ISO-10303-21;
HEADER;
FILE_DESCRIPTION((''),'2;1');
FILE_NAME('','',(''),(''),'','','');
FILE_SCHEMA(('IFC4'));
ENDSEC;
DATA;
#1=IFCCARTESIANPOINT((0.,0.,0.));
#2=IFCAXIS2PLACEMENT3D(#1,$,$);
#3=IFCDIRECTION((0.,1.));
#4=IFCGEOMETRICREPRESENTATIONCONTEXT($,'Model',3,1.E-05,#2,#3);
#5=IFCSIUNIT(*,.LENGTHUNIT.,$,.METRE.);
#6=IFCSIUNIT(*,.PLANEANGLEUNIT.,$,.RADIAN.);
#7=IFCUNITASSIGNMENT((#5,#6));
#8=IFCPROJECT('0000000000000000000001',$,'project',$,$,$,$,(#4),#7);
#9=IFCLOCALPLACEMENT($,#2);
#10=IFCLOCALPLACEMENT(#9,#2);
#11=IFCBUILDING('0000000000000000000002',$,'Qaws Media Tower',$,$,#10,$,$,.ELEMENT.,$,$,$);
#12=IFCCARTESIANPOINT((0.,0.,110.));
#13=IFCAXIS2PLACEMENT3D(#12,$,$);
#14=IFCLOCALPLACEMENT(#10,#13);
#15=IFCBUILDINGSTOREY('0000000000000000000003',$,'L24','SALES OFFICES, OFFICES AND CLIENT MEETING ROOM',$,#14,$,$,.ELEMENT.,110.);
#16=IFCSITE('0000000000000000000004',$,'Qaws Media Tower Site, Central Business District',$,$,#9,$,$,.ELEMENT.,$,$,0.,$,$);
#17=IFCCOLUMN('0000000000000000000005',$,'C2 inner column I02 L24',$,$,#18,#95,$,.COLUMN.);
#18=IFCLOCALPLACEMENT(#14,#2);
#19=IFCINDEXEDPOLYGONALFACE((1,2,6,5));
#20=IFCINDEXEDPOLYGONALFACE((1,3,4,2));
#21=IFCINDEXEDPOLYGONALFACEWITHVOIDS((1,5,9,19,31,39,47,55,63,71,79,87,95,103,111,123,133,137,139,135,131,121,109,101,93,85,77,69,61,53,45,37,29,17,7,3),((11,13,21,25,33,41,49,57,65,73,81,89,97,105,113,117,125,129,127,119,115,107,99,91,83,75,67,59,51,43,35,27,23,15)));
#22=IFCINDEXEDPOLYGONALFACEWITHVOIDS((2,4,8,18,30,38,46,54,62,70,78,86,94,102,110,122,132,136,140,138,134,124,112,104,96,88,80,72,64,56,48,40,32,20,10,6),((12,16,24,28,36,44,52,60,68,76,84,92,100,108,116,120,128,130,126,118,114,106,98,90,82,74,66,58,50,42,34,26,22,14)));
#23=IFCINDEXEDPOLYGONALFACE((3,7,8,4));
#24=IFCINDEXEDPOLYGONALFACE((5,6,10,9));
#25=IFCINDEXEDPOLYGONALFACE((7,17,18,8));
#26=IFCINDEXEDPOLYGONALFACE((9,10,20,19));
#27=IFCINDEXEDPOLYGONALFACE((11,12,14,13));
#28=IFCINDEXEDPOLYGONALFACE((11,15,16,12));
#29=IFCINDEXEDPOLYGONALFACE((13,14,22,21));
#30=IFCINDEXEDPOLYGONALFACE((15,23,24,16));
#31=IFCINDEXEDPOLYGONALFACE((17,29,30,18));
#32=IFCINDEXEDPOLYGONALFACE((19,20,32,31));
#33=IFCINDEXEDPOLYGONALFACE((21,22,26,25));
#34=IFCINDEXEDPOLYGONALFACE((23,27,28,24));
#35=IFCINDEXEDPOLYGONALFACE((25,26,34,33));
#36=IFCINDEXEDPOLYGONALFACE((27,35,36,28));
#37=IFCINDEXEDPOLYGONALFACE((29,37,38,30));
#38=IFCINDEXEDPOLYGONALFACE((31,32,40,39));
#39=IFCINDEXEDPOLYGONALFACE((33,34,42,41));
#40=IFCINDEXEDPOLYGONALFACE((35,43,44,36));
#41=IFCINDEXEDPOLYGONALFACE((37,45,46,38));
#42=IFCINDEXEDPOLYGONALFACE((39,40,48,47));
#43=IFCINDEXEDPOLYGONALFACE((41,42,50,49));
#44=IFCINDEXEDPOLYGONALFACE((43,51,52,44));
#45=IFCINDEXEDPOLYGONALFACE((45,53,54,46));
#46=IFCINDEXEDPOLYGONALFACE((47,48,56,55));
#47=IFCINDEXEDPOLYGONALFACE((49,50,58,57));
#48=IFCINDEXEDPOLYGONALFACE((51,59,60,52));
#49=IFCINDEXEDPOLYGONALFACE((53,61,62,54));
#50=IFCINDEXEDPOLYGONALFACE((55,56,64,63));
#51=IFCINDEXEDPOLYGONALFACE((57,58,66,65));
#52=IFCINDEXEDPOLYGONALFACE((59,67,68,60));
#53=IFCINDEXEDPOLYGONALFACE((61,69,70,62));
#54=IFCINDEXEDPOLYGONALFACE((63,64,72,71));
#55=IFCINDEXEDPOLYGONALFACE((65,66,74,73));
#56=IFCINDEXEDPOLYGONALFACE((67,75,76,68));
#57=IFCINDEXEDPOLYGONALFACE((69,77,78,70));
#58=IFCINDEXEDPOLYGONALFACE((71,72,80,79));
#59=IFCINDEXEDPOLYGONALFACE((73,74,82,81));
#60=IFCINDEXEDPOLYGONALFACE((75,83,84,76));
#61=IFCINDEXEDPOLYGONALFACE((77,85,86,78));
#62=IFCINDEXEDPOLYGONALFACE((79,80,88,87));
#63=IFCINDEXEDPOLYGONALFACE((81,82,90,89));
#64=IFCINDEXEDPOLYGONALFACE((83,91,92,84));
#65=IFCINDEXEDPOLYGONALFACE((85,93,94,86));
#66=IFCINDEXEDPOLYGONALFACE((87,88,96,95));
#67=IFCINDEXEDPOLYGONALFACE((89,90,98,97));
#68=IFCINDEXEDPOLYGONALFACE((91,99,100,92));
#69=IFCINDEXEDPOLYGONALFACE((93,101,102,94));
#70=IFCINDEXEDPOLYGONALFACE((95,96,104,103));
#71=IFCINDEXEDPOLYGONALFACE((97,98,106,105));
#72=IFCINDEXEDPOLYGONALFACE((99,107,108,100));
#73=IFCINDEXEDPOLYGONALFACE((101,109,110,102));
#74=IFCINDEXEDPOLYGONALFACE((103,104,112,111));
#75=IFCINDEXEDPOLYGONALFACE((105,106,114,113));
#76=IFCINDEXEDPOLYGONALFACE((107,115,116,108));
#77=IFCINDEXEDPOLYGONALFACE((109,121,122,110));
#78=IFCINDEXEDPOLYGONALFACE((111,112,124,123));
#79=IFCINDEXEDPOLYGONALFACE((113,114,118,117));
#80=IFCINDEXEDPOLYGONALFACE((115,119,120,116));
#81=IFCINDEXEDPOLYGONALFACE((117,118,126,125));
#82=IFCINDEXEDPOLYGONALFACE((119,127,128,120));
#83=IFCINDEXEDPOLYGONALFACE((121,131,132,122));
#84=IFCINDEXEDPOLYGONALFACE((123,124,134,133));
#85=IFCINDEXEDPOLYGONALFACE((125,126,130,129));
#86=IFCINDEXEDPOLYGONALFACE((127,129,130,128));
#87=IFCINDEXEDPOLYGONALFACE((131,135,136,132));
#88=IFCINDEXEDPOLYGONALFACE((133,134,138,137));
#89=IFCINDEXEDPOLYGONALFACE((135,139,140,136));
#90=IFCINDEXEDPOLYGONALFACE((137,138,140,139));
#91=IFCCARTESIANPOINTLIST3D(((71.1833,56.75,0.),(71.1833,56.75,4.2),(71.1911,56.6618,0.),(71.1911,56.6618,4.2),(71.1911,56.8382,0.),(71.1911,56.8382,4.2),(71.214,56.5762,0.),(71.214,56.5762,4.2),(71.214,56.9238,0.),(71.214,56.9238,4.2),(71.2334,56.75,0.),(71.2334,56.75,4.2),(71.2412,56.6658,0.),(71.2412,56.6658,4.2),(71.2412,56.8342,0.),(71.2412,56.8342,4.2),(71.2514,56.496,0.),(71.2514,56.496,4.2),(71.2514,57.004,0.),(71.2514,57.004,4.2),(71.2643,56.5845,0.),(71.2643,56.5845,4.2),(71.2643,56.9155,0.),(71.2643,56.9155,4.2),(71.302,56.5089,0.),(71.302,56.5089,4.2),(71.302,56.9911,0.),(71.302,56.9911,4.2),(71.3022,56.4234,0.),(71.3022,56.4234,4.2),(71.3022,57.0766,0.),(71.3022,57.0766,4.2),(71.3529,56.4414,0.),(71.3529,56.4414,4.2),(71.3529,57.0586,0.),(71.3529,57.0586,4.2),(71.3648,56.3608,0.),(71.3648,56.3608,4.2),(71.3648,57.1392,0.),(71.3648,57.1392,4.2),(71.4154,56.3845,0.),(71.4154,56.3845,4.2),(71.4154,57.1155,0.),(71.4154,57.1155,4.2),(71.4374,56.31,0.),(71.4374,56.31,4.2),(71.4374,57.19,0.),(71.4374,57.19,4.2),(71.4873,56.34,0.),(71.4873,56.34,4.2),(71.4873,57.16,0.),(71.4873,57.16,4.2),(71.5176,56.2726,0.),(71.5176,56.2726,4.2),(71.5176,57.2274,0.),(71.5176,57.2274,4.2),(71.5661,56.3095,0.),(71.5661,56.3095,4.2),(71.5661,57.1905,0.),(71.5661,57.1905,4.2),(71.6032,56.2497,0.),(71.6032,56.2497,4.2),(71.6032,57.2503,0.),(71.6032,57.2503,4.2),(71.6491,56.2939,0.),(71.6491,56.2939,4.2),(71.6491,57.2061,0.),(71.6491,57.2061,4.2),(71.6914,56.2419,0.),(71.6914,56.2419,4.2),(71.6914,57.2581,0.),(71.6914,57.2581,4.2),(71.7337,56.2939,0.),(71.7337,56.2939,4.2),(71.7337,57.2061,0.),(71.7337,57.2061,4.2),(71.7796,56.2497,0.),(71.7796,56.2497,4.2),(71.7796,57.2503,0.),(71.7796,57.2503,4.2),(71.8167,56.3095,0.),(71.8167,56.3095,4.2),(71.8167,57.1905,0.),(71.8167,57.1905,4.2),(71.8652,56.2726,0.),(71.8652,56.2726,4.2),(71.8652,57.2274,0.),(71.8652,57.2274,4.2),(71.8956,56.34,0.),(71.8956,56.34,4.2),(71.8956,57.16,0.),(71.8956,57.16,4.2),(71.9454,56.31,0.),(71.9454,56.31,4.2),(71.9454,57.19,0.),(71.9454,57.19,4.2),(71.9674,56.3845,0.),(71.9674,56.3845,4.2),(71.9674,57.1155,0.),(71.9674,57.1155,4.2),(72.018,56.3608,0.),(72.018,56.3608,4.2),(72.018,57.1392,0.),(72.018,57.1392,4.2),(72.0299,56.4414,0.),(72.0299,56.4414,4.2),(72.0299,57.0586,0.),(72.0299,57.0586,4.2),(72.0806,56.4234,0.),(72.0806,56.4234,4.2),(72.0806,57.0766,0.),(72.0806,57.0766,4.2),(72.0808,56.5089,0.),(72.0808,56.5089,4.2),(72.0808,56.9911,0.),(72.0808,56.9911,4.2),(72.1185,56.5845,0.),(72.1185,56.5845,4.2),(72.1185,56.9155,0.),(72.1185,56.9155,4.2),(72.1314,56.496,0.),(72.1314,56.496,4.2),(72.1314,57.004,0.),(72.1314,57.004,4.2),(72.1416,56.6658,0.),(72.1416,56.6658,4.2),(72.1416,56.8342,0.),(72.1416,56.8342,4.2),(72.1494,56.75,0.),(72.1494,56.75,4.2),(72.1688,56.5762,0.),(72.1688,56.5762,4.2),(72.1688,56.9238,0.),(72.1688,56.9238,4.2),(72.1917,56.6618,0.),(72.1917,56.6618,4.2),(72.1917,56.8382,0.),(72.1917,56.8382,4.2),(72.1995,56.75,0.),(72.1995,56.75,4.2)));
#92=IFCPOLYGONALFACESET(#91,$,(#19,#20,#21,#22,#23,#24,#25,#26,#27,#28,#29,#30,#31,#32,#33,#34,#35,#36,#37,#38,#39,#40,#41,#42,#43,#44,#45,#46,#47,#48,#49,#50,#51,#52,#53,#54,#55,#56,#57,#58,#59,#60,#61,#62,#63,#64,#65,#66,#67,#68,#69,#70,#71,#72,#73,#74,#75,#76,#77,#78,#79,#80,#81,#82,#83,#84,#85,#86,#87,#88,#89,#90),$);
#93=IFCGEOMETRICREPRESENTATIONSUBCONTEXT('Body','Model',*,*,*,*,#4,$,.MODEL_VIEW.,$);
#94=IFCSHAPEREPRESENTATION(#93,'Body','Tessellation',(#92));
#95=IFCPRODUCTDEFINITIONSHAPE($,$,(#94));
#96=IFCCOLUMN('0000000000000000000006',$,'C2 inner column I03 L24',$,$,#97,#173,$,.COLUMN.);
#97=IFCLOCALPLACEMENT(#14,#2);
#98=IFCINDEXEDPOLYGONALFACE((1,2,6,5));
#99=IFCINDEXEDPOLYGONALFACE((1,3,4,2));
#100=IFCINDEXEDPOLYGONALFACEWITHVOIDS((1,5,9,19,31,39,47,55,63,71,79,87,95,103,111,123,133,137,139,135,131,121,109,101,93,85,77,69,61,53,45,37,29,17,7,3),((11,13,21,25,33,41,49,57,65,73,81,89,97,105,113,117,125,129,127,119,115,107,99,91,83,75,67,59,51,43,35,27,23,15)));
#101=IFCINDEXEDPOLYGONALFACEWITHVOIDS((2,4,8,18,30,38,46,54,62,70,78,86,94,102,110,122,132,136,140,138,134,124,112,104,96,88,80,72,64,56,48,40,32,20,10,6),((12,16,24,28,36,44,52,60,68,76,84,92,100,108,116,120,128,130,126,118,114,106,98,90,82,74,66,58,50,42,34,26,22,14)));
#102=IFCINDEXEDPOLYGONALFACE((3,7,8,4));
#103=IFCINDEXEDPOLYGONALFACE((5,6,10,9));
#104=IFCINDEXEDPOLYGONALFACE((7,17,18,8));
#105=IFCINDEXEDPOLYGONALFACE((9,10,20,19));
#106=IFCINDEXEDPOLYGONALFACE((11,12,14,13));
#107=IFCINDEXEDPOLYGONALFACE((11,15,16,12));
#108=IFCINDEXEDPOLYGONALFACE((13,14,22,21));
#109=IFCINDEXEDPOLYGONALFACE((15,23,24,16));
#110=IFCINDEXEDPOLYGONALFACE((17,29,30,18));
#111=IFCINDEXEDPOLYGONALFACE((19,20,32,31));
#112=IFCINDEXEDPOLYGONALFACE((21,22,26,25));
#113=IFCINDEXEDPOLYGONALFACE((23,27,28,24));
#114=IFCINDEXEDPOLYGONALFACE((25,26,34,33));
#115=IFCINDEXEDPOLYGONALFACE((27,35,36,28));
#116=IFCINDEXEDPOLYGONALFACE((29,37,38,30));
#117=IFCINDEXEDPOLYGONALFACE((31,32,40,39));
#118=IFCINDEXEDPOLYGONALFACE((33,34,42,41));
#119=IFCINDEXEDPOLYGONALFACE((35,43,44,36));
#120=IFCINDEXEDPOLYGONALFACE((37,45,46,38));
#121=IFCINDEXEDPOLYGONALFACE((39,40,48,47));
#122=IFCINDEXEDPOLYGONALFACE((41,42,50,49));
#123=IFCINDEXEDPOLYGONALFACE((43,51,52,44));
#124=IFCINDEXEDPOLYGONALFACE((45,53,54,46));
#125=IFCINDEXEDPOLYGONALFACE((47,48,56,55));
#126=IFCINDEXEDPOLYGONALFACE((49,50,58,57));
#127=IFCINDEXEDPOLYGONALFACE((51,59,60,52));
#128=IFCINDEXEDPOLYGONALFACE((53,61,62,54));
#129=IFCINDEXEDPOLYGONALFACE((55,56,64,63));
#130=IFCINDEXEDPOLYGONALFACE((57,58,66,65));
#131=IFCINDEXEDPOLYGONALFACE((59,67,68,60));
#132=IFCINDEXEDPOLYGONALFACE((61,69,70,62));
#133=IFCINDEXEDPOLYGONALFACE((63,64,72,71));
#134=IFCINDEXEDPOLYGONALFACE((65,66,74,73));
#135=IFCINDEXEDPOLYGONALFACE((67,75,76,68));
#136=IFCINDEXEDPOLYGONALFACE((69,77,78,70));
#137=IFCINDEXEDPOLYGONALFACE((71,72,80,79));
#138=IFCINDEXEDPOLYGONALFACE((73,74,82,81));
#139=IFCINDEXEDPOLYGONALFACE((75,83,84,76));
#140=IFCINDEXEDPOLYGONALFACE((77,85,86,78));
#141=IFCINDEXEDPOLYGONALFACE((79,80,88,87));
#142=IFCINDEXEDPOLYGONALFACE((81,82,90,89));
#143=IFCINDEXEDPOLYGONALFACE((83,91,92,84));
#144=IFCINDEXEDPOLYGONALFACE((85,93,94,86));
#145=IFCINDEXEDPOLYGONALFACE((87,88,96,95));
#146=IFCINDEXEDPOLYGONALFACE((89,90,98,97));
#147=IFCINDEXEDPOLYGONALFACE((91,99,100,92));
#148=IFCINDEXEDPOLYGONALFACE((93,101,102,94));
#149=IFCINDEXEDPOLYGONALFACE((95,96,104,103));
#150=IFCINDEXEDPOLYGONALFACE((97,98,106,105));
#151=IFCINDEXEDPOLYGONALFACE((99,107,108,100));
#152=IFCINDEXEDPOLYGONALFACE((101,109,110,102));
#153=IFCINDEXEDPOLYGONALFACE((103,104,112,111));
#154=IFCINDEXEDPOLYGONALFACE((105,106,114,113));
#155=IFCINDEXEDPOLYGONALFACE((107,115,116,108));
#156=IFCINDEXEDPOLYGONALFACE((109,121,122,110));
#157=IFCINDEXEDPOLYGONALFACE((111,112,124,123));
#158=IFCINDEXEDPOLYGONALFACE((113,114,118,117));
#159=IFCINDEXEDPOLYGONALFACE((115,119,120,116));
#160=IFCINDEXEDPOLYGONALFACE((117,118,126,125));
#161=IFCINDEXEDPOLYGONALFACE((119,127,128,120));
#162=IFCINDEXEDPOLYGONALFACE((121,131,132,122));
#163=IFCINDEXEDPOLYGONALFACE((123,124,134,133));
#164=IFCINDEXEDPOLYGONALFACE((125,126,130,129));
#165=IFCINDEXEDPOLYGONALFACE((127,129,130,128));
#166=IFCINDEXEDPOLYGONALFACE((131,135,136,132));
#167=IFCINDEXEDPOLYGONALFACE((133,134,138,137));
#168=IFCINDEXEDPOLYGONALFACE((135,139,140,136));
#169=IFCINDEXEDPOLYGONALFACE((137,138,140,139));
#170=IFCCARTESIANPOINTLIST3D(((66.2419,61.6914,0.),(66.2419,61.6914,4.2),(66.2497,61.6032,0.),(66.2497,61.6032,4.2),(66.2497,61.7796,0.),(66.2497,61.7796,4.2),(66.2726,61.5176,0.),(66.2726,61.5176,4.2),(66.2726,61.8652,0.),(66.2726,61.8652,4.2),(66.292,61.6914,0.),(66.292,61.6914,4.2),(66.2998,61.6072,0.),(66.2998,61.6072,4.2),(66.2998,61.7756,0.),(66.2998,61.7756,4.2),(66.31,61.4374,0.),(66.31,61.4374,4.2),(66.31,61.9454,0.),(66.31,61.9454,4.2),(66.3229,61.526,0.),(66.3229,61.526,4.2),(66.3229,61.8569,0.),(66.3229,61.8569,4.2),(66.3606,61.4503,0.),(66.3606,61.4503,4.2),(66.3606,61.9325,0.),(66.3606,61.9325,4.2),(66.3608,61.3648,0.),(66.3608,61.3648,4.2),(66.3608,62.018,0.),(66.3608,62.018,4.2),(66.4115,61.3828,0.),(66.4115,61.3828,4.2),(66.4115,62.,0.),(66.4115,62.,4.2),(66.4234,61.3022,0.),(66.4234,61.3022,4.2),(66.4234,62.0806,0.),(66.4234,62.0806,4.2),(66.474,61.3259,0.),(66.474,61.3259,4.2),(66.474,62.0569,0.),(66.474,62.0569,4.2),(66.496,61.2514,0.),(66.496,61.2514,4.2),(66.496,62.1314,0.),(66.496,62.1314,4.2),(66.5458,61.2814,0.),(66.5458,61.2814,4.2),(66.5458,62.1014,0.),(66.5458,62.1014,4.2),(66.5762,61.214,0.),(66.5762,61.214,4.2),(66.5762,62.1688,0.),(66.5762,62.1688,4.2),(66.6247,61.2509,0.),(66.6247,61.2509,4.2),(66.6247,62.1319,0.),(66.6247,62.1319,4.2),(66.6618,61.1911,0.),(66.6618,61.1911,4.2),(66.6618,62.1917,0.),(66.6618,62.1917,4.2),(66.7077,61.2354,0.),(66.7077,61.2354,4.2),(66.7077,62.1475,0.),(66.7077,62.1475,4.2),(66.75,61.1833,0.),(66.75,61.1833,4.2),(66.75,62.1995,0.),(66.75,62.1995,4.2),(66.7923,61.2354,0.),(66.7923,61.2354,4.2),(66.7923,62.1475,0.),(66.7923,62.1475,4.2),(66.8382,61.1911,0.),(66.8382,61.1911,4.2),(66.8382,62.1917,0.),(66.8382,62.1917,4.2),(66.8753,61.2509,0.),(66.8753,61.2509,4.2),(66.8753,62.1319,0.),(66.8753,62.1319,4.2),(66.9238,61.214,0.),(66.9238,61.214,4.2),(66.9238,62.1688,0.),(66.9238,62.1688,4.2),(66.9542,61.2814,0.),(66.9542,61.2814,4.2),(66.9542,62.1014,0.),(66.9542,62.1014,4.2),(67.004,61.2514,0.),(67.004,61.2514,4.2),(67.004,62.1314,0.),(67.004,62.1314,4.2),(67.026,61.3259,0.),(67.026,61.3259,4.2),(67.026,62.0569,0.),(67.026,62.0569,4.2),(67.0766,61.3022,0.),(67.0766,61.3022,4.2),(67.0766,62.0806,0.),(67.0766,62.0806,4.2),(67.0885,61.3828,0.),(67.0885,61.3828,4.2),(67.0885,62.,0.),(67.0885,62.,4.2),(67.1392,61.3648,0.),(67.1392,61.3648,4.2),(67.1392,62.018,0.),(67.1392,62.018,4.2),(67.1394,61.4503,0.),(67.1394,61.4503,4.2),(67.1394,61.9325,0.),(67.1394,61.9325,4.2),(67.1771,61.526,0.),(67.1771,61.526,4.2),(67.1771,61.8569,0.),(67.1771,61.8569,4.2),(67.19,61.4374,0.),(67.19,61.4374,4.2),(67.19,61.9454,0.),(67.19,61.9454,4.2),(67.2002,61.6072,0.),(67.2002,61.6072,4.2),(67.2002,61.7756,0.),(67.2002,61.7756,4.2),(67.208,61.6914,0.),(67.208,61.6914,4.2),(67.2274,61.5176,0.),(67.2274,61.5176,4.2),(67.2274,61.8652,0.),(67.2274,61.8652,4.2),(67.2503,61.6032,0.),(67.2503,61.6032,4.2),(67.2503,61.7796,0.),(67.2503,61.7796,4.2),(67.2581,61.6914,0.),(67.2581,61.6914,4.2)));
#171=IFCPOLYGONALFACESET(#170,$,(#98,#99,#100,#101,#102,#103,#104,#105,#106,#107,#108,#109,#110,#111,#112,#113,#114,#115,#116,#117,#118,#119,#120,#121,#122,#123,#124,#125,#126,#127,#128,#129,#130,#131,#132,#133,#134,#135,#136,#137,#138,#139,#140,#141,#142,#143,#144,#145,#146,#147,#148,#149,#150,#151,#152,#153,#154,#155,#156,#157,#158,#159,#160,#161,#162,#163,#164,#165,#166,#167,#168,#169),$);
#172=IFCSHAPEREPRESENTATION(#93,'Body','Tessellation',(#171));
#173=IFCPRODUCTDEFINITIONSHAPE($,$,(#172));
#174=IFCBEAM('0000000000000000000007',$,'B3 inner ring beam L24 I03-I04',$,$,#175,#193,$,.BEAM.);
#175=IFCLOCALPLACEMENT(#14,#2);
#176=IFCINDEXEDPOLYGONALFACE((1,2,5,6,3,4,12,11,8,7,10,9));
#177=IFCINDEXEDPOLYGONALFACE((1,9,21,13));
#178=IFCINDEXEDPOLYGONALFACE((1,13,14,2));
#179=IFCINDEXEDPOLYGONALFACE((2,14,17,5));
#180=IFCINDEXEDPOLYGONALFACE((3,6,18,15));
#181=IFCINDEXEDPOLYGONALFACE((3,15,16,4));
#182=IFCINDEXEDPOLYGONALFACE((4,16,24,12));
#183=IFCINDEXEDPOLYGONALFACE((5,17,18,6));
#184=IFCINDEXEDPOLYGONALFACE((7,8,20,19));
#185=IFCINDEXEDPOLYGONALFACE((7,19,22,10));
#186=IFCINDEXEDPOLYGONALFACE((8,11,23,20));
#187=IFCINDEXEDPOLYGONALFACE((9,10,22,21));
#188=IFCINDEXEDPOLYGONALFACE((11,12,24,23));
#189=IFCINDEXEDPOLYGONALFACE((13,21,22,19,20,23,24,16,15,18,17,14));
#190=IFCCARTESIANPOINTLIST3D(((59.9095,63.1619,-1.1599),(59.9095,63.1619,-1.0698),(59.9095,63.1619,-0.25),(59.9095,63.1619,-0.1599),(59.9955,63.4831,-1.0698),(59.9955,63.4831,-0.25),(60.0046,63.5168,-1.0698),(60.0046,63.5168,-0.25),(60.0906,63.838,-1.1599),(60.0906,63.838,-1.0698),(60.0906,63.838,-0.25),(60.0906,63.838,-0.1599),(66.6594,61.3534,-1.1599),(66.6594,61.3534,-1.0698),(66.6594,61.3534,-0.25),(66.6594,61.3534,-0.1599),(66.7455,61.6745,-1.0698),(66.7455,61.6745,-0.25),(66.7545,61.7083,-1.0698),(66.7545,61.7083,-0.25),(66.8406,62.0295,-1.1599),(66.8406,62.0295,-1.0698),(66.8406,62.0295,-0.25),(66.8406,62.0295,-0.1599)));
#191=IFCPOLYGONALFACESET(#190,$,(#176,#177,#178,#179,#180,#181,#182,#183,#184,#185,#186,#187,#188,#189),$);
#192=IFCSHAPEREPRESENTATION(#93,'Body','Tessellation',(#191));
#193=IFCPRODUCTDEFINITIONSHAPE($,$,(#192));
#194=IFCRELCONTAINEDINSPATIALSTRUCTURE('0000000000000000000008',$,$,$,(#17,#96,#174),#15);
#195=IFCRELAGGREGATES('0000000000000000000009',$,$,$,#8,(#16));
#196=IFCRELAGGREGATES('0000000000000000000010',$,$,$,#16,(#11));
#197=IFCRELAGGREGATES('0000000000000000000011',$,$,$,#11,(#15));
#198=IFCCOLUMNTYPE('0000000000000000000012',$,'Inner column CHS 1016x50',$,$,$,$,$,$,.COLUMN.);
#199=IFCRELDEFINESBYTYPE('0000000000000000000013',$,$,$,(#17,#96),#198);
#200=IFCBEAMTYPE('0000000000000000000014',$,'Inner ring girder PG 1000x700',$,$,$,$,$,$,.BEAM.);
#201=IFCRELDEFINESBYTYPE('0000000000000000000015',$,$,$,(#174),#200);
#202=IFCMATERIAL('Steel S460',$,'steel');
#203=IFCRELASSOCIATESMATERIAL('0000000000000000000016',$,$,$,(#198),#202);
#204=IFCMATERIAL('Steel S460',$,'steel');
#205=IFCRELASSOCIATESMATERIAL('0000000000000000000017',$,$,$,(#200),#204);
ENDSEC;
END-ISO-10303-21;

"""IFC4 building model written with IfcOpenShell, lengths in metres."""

from ifc_helpers import new_model, si_unit, direction, frame, origin, origin_2d, place, context, subcontext, project, spatial, hollow_circle, i_section, extrude, material, material_profile, profile_set, type_object, element, save


model = new_model("IFC4")

# Units and contexts
model_context = context("Model", 3, precision=1e-05, world=origin(), true_north=direction((0.0, 1.0)))
body_context = subcontext(model_context, "Body", "Model", "MODEL_VIEW")
ifc_project = project(units=[si_unit("LENGTHUNIT", "METRE"), si_unit("PLANEANGLEUNIT", "RADIAN")], contexts=[model_context])

# Site, building, storey
site_placement = place(None, origin())
site = spatial("IfcSite", under=ifc_project, at=site_placement, Name="Qaws Media Tower Site, Central Business District", CompositionType="ELEMENT", RefElevation=0.0)
building_placement = place(site_placement, origin())
building = spatial("IfcBuilding", under=site, at=building_placement, Name="Qaws Media Tower", CompositionType="ELEMENT")
storey_placement = place(building_placement, frame((0.0, 0.0, 110.0)))
storey = spatial("IfcBuildingStorey", under=building, at=storey_placement, Name="L24", Description="SALES OFFICES, OFFICES AND CLIENT MEETING ROOM", CompositionType="ELEMENT", Elevation=110.0)

# Columns
ifc_material_1 = material(Name="Steel S460", Category="steel")
ifc_material_profile_1 = material_profile(ifc_material_1, hollow_circle(Radius=0.5081, WallThickness=0.05, at=origin_2d()), Name="CHS 1016x50")
ifc_profile_set_1 = profile_set([ifc_material_profile_1], Name="Steel S460")
column_type = type_object("IfcColumnType", Name="Inner column CHS 1016x50", PredefinedType="COLUMN", material=ifc_profile_set_1)
for number, where, z_axis, x_axis, name in (
    (1, (71.6914, 56.75, 0.0), (0.0, 0.0, 1.0), (1.0, 0.0, 0.0), "C2 inner column I02 L24"),
    (2, (66.75, 61.6914, 0.0), (0.0, 0.0, 1.0), (1.0, 0.0, 0.0), "C2 inner column I03 L24"),
):
    element("IfcColumn", number, at=place(storey_placement, frame(where, z_axis=z_axis, x_axis=x_axis)), inside=storey, type_object=column_type, Name=name, PredefinedType="COLUMN", context=body_context, shape_type="SweptSolid", body=[
        extrude(hollow_circle(Radius=0.5081, WallThickness=0.05, at=origin_2d()), origin(), (0.0, 0.0, 1.0), 4.2),
    ])

# Beam
ifc_material_2 = material(Name="Steel S460", Category="steel")
ifc_material_profile_2 = material_profile(ifc_material_2, i_section(OverallWidth=0.7, OverallDepth=1.0, WebThickness=0.0349, FlangeThickness=0.0901, at=origin_2d()), Name="PG 1000x700")
ifc_profile_set_2 = profile_set([ifc_material_profile_2], Name="Steel S460")
beam_type_1 = type_object("IfcBeamType", Name="Inner ring girder PG 1000x700", PredefinedType="BEAM", material=ifc_profile_set_2)
beam_1_placement = place(storey_placement, frame((66.75, 61.6914, -0.6599), z_axis=(-0.965928, 0.258811, 0.0), x_axis=(-0.258811, -0.965928, 0.0)))
element("IfcBeam", 3, at=beam_1_placement, inside=storey, type_object=beam_type_1, Name="B3 inner ring beam L24 I03-I04", PredefinedType="BEAM", context=body_context, shape_type="SweptSolid", body=[
    extrude(i_section(OverallWidth=0.7, OverallDepth=1.0, WebThickness=0.0349, FlangeThickness=0.0901, at=origin_2d()), origin(), (0.0, 0.0, 1.0), 6.988),
])

save(model, "model.ifc")
